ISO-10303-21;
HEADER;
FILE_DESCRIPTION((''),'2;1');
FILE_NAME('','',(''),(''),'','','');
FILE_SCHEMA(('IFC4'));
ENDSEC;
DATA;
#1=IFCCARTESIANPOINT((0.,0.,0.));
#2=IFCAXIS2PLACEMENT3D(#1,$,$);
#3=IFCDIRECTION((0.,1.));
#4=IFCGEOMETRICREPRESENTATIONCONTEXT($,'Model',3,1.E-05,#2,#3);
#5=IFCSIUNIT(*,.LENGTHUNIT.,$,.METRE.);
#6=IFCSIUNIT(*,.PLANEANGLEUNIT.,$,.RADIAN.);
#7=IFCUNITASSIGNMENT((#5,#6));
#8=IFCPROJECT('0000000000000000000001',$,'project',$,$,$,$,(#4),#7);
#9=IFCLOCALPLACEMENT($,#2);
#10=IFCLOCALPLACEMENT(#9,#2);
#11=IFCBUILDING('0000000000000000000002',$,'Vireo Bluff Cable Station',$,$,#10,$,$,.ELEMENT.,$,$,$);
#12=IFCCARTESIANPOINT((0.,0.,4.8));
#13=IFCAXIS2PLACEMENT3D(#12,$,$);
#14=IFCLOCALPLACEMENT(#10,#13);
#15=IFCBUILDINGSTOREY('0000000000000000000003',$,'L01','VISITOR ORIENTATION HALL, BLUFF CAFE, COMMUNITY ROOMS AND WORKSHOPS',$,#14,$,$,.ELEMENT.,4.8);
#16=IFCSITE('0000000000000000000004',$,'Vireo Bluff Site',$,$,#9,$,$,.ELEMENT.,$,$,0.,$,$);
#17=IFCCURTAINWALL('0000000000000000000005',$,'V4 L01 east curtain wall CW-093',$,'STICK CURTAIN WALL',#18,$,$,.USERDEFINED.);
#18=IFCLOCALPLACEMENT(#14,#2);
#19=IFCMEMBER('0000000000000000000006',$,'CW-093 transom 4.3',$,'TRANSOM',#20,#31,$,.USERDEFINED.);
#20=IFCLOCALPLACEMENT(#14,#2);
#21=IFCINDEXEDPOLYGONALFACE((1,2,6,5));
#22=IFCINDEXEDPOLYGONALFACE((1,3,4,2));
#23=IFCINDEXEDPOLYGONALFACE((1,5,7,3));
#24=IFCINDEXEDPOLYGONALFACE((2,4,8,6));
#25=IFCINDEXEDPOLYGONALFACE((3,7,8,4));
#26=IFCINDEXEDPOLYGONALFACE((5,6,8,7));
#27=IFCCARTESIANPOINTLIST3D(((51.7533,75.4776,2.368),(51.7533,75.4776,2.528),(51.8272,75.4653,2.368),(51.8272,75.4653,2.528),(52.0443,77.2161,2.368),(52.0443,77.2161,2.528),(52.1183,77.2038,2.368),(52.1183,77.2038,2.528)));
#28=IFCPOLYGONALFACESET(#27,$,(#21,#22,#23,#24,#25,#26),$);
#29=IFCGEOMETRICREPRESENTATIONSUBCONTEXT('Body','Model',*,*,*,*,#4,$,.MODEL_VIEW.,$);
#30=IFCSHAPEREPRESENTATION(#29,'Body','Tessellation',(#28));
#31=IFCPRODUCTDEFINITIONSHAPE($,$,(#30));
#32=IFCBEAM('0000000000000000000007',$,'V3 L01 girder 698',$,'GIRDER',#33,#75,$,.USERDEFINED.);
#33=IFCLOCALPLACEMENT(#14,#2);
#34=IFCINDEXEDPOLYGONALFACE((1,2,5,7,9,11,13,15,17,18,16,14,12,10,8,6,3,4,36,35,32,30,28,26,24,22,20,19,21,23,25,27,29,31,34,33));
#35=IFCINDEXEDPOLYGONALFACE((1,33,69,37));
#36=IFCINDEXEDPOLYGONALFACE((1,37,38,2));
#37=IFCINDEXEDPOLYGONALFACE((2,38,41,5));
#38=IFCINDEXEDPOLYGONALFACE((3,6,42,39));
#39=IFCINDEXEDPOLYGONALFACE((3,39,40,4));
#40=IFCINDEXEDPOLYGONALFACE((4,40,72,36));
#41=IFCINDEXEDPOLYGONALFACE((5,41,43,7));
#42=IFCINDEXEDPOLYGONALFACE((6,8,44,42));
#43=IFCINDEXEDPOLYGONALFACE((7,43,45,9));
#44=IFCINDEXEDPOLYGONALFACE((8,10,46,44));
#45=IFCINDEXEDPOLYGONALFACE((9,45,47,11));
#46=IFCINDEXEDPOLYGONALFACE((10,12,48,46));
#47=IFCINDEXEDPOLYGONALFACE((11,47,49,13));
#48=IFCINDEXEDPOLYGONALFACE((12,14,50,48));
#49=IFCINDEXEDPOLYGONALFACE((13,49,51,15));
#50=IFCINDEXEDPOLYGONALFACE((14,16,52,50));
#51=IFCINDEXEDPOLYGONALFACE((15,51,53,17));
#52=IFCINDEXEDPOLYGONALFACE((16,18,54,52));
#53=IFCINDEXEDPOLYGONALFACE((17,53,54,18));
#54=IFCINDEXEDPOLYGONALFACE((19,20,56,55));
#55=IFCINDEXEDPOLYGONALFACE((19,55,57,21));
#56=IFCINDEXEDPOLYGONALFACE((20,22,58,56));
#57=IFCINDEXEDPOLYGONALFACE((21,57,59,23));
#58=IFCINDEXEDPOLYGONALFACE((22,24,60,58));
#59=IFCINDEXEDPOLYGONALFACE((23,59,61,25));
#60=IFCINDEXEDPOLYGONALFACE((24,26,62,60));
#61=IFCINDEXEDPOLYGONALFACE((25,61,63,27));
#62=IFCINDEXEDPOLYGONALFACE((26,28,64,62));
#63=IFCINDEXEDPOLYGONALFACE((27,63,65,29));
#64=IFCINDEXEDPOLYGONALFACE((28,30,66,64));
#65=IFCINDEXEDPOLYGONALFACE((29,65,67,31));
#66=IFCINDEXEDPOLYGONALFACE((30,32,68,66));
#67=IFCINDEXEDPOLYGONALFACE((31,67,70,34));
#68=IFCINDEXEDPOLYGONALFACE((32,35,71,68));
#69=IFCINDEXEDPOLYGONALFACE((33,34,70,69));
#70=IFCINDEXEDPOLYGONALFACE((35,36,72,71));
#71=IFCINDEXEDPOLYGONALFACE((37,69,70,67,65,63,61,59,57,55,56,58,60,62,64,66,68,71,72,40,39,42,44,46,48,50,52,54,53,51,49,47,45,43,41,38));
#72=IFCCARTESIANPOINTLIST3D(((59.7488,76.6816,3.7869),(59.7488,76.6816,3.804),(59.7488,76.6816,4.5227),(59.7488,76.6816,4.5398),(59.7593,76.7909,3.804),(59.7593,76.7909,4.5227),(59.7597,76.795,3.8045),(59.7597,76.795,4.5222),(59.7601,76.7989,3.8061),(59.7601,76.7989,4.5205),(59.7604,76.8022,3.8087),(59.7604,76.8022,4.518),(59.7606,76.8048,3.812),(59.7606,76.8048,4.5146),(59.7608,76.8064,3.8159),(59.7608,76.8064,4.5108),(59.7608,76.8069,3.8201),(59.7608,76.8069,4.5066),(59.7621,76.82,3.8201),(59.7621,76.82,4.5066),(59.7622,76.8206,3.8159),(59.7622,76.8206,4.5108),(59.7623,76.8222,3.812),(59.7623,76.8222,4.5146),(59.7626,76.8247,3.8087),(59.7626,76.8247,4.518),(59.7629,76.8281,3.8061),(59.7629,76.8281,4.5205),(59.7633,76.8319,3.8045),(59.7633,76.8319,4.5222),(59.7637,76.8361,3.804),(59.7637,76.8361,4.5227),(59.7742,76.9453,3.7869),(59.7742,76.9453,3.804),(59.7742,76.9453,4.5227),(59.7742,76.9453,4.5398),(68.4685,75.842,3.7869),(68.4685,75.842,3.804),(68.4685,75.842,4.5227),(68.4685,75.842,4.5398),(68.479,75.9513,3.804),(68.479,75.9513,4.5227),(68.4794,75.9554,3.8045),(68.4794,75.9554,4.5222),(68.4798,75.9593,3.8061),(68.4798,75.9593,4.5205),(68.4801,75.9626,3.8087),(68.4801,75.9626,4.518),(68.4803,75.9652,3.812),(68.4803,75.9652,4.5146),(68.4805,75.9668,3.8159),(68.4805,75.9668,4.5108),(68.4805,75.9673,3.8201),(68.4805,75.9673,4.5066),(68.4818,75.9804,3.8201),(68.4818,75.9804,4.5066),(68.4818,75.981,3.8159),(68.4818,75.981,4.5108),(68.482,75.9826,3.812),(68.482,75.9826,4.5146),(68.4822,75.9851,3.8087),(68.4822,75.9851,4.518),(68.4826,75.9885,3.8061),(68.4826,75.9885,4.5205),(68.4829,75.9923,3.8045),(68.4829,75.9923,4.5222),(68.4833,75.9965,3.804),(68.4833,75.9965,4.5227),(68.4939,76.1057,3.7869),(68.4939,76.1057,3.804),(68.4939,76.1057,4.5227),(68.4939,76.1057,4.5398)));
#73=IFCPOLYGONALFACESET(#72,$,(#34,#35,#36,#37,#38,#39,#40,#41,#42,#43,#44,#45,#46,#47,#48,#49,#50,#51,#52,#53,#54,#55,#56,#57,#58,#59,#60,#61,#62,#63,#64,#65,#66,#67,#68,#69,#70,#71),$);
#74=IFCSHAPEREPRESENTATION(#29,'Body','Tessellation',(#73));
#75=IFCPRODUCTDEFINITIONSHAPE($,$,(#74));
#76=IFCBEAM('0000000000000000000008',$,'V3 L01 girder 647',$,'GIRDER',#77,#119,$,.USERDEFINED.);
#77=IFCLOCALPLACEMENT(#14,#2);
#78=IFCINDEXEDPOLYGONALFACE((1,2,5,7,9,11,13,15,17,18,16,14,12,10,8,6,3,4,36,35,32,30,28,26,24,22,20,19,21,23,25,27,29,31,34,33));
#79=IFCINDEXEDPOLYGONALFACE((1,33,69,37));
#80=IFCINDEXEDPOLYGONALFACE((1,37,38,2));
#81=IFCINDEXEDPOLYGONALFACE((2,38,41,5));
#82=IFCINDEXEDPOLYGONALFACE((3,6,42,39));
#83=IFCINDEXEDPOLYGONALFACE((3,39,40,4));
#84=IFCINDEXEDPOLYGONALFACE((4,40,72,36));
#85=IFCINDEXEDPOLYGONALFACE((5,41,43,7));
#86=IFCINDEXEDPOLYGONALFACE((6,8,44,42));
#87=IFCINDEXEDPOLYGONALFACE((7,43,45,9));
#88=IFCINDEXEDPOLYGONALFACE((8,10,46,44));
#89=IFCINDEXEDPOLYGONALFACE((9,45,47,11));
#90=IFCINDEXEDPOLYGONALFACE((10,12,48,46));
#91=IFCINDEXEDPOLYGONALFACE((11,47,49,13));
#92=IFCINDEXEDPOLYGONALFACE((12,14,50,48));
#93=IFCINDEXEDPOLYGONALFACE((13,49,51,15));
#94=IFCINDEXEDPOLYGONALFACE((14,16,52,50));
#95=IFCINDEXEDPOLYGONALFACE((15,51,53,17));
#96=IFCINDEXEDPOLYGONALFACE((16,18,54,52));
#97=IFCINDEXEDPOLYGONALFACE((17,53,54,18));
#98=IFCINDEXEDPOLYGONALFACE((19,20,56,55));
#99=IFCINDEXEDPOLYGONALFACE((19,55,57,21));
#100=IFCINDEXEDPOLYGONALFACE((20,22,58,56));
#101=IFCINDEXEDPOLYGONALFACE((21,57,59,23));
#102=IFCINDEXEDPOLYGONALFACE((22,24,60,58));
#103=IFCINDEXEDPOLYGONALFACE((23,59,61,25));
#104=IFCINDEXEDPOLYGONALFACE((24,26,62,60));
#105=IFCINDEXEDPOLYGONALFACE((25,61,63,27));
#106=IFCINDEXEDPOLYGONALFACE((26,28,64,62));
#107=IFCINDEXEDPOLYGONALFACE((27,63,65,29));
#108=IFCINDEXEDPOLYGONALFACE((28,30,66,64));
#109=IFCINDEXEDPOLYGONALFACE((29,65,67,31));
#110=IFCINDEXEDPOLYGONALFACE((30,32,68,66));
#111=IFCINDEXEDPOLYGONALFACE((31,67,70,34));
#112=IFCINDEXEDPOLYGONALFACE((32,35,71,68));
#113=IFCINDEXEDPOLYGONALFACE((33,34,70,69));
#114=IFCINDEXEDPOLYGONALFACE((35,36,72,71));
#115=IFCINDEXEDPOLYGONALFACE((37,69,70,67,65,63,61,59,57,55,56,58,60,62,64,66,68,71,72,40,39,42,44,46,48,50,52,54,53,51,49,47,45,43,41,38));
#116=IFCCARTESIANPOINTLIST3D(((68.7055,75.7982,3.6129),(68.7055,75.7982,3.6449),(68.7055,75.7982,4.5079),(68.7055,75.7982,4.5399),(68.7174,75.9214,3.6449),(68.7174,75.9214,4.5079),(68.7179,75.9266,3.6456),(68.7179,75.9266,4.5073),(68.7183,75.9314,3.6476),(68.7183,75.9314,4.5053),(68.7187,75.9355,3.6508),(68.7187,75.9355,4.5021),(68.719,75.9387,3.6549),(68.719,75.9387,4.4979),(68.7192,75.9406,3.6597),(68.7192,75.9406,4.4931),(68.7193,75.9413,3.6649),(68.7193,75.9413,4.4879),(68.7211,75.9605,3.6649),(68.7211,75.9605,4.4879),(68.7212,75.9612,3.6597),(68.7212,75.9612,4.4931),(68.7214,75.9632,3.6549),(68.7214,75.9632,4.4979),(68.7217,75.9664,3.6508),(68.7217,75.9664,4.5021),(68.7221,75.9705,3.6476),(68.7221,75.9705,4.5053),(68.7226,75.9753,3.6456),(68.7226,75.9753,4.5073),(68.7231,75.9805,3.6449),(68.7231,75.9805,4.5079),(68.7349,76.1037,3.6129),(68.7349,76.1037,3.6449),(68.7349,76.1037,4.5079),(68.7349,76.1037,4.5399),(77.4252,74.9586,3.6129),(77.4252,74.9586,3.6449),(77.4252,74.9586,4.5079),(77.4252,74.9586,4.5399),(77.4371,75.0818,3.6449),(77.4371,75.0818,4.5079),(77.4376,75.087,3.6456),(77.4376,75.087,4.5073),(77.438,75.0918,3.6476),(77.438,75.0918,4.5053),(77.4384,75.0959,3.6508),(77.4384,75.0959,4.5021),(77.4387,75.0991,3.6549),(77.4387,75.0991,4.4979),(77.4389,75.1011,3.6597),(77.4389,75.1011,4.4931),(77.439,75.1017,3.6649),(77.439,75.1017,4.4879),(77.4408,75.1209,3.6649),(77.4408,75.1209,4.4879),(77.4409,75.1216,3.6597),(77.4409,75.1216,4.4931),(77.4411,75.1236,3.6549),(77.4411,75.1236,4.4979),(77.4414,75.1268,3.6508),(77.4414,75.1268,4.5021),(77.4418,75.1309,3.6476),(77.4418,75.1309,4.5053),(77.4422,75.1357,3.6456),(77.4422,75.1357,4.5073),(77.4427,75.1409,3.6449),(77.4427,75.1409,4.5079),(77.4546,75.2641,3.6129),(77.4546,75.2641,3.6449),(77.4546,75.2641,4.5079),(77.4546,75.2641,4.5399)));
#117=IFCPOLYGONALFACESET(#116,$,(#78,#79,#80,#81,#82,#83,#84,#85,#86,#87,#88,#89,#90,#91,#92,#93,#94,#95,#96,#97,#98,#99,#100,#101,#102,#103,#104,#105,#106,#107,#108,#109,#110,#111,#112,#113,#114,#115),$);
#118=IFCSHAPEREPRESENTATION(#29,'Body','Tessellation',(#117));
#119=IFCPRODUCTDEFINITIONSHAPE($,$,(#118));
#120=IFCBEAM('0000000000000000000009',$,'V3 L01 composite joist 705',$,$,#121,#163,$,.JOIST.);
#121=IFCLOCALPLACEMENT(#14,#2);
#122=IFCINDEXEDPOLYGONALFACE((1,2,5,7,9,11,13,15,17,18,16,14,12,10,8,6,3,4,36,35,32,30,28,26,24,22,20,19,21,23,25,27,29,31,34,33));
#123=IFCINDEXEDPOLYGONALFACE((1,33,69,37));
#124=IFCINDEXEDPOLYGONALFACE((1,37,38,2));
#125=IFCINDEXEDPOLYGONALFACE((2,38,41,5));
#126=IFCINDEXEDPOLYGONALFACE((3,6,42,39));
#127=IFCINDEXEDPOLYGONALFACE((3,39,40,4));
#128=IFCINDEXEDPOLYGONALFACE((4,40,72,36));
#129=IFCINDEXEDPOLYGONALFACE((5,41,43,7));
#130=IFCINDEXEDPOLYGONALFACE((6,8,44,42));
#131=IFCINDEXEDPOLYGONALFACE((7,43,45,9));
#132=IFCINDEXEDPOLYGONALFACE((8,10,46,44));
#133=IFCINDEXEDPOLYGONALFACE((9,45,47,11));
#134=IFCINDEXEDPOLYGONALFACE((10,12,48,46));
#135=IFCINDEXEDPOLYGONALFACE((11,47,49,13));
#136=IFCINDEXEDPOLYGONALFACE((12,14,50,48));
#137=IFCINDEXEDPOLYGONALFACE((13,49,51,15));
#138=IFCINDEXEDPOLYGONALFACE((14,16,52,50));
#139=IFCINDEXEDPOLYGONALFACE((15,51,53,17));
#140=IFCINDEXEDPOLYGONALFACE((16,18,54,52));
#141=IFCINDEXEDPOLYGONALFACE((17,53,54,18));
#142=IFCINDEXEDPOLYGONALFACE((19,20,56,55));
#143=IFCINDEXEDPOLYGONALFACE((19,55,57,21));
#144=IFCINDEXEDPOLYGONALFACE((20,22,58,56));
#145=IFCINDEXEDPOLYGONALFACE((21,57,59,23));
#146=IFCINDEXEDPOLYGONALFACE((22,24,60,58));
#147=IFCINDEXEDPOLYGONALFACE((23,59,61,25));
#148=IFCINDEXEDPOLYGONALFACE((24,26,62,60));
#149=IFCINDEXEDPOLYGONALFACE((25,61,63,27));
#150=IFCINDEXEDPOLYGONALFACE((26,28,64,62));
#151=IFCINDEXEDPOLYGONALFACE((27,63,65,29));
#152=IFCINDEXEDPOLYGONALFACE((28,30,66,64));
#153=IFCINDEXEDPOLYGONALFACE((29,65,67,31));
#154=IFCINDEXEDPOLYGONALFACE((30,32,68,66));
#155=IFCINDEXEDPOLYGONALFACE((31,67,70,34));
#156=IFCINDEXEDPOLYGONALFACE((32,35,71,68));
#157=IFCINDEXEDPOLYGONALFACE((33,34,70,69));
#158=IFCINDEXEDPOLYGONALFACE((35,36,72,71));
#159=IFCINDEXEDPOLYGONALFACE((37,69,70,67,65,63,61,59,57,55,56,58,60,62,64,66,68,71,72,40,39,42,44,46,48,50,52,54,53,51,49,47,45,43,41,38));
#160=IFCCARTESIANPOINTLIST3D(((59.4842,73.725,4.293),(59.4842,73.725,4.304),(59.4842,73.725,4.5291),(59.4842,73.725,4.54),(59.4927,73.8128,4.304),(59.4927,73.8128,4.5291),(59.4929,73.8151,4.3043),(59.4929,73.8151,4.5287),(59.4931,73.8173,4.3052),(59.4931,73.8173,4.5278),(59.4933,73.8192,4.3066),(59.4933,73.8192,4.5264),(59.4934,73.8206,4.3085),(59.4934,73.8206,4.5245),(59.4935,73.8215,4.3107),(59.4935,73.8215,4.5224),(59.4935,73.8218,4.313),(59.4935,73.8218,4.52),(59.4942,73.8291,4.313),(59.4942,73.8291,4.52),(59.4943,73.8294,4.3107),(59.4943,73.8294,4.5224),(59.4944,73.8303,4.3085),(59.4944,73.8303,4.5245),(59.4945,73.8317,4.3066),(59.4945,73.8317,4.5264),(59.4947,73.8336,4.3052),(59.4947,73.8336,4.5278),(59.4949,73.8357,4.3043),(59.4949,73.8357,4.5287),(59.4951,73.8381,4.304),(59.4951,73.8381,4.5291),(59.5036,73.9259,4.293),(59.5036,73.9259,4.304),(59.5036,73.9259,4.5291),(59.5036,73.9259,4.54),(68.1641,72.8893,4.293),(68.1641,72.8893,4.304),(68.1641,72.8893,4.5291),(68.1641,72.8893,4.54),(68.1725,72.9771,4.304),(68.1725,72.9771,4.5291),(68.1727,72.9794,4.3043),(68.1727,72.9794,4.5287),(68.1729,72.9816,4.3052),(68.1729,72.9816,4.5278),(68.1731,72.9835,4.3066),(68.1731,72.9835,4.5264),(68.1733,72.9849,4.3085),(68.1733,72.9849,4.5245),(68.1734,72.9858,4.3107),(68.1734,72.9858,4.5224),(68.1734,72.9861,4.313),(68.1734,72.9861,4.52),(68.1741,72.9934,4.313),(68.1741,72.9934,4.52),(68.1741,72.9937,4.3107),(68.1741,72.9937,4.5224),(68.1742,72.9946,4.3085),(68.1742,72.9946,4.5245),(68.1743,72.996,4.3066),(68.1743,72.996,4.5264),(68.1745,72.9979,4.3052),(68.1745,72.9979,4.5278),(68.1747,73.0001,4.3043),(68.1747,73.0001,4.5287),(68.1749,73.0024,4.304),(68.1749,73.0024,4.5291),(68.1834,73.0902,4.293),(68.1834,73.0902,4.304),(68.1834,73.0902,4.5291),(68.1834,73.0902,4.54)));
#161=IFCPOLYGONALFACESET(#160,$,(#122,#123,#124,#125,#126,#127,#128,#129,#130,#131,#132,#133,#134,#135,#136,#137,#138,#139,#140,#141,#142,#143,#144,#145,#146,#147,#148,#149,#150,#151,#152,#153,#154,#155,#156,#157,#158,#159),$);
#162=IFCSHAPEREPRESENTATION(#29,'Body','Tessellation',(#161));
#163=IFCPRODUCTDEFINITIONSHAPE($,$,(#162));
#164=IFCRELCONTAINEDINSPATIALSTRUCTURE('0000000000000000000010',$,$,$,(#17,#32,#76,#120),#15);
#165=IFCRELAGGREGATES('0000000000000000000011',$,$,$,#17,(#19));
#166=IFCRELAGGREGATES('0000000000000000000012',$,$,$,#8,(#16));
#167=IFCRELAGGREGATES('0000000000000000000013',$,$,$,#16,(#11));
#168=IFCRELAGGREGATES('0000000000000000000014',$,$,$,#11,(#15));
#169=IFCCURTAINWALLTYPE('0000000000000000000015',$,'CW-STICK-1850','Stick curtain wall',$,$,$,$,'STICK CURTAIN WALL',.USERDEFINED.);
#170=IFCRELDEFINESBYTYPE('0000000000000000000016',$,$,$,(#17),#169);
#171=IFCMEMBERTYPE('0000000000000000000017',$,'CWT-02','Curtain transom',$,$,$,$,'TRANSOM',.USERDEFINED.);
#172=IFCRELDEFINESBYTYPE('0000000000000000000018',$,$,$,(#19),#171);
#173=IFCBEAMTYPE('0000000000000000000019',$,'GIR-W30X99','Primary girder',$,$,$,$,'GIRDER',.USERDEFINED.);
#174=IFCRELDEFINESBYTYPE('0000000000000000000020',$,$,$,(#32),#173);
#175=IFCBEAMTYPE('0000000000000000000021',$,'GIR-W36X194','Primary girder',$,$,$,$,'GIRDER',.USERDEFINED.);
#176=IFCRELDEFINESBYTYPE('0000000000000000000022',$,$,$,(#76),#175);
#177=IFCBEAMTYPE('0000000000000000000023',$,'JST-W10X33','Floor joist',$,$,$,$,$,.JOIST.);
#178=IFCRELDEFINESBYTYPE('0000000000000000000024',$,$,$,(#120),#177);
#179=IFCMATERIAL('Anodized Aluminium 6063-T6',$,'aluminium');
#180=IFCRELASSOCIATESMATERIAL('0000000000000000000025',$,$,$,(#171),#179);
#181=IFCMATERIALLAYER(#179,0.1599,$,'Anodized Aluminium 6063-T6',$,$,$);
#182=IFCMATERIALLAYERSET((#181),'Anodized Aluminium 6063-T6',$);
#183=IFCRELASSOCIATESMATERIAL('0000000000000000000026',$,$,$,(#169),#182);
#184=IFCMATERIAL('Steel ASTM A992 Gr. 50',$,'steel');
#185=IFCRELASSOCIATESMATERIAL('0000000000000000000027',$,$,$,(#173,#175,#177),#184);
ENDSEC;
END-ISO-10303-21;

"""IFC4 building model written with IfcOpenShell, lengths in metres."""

from ifc_helpers import new_model, si_unit, direction, frame, origin, origin_2d, place, context, subcontext, project, spatial, rectangle, i_section, extrude, material, layer, layer_set, material_profile, profile_set, type_object, element, aggregate, save


model = new_model("IFC4")

# Units and contexts
model_context = context("Model", 3, precision=1e-05, world=origin(), true_north=direction((0.0, 1.0)))
body_context = subcontext(model_context, "Body", "Model", "MODEL_VIEW")
ifc_project = project(units=[si_unit("LENGTHUNIT", "METRE"), si_unit("PLANEANGLEUNIT", "RADIAN")], contexts=[model_context])

# Site, building, storey
site_placement = place(None, origin())
site = spatial("IfcSite", under=ifc_project, at=site_placement, Name="Vireo Bluff Site", CompositionType="ELEMENT", RefElevation=0.0)
building_placement = place(site_placement, origin())
building = spatial("IfcBuilding", under=site, at=building_placement, Name="Vireo Bluff Cable Station", CompositionType="ELEMENT")
storey_placement = place(building_placement, frame((0.0, 0.0, 4.8)))
storey = spatial("IfcBuildingStorey", under=building, at=storey_placement, Name="L01", Description="VISITOR ORIENTATION HALL, BLUFF CAFE, COMMUNITY ROOMS AND WORKSHOPS", CompositionType="ELEMENT", Elevation=4.8)

# Shared definitions
ifc_material_1 = material(Name="Steel ASTM A992 Gr. 50", Category="steel")

# Curtain wall, member
ifc_material_2 = material(Name="Anodized Aluminium 6063-T6", Category="aluminium")
ifc_material_profile_1 = material_profile(ifc_material_2, rectangle(XDim=0.075, YDim=0.1599, at=origin_2d()), Name="ALU-T-75X160")
ifc_profile_set_1 = profile_set([ifc_material_profile_1], Name="Anodized Aluminium 6063-T6")
member_type_1 = type_object("IfcMemberType", Name="CWT-02", Description="Curtain transom", ElementType="TRANSOM", PredefinedType="USERDEFINED", material=ifc_profile_set_1)
ifc_layer_1 = layer(ifc_material_2, 0.1599, Name="Anodized Aluminium 6063-T6")
ifc_layer_set_1 = layer_set([ifc_layer_1], Name="Anodized Aluminium 6063-T6")
curtain_wall_type_1 = type_object("IfcCurtainWallType", Name="CW-STICK-1850", Description="Stick curtain wall", ElementType="STICK CURTAIN WALL", PredefinedType="USERDEFINED", material=ifc_layer_set_1)
curtain_wall_1_placement = place(storey_placement, origin())
curtain_wall_1 = element("IfcCurtainWall", 1, at=curtain_wall_1_placement, inside=storey, type_object=curtain_wall_type_1, Name="V4 L01 east curtain wall CW-093", ObjectType="STICK CURTAIN WALL", PredefinedType="USERDEFINED")
member_1_placement = place(storey_placement, frame((52.0813, 77.21, 2.448), z_axis=(-0.165095, -0.986278, 0.0), x_axis=(0.986278, -0.165095, 0.0)))
member_1 = element("IfcMember", 2, at=member_1_placement, type_object=member_type_1, Name="CW-093 transom 4.3", ObjectType="TRANSOM", PredefinedType="USERDEFINED", context=body_context, shape_type="SweptSolid", body=[
    extrude(rectangle(XDim=0.075, YDim=0.1599, at=origin_2d()), origin(), (0.0, 0.0, 1.0), 1.7627),
])
aggregate(curtain_wall_1, [member_1])

# Beams
ifc_material_profile_2 = material_profile(ifc_material_1, i_section(OverallWidth=0.2649, OverallDepth=0.7529, WebThickness=0.0132, FlangeThickness=0.0171, FilletRadius=0.0161, at=origin_2d()), Name="W30X99")
ifc_profile_set_2 = profile_set([ifc_material_profile_2], Name="Steel ASTM A992 Gr. 50")
beam_type_1 = type_object("IfcBeamType", Name="GIR-W30X99", Description="Primary girder", ElementType="GIRDER", PredefinedType="USERDEFINED", material=ifc_profile_set_2)
beam_1_placement = place(storey_placement, frame((59.7615, 76.8135, 4.1633), z_axis=(0.995396, -0.095844, 0.0), x_axis=(0.095844, 0.995396, 0.0)))
element("IfcBeam", 3, at=beam_1_placement, inside=storey, type_object=beam_type_1, Name="V3 L01 girder 698", ObjectType="GIRDER", PredefinedType="USERDEFINED", context=body_context, shape_type="SweptSolid", body=[
    extrude(i_section(OverallWidth=0.2649, OverallDepth=0.7529, WebThickness=0.0132, FlangeThickness=0.0171, FilletRadius=0.0161, at=origin_2d()), origin(), (0.0, 0.0, 1.0), 8.76),
])
ifc_material_profile_3 = material_profile(ifc_material_1, i_section(OverallWidth=0.3069, OverallDepth=0.927, WebThickness=0.0193, FlangeThickness=0.032, FilletRadius=0.02, at=origin_2d()), Name="W36X194")
ifc_profile_set_3 = profile_set([ifc_material_profile_3], Name="Steel ASTM A992 Gr. 50")
beam_type_2 = type_object("IfcBeamType", Name="GIR-W36X194", Description="Primary girder", ElementType="GIRDER", PredefinedType="USERDEFINED", material=ifc_profile_set_3)
beam_2_placement = place(storey_placement, frame((68.7202, 75.9509, 4.0764), z_axis=(0.995396, -0.095844, 0.0), x_axis=(0.095844, 0.995396, 0.0)))
element("IfcBeam", 4, at=beam_2_placement, inside=storey, type_object=beam_type_2, Name="V3 L01 girder 647", ObjectType="GIRDER", PredefinedType="USERDEFINED", context=body_context, shape_type="SweptSolid", body=[
    extrude(i_section(OverallWidth=0.3069, OverallDepth=0.927, WebThickness=0.0193, FlangeThickness=0.032, FilletRadius=0.02, at=origin_2d()), origin(), (0.0, 0.0, 1.0), 8.76),
])
ifc_material_profile_4 = material_profile(ifc_material_1, i_section(OverallWidth=0.2019, OverallDepth=0.2471, WebThickness=0.0073, FlangeThickness=0.011, FilletRadius=0.009, at=origin_2d()), Name="W10X33")
ifc_profile_set_4 = profile_set([ifc_material_profile_4], Name="Steel ASTM A992 Gr. 50")
beam_type_3 = type_object("IfcBeamType", Name="JST-W10X33", Description="Floor joist", PredefinedType="JOIST", material=ifc_profile_set_4)
beam_3_placement = place(storey_placement, frame((59.4939, 73.8254, 4.4165), z_axis=(0.995397, -0.095836, 0.0), x_axis=(0.095836, 0.995397, 0.0)))
element("IfcBeam", 5, at=beam_3_placement, inside=storey, type_object=beam_type_3, Name="V3 L01 composite joist 705", PredefinedType="JOIST", context=body_context, shape_type="SweptSolid", body=[
    extrude(i_section(OverallWidth=0.2019, OverallDepth=0.2471, WebThickness=0.0073, FlangeThickness=0.011, FilletRadius=0.009, at=origin_2d()), origin(), (0.0, 0.0, 1.0), 8.72),
])

save(model, "model.ifc")
